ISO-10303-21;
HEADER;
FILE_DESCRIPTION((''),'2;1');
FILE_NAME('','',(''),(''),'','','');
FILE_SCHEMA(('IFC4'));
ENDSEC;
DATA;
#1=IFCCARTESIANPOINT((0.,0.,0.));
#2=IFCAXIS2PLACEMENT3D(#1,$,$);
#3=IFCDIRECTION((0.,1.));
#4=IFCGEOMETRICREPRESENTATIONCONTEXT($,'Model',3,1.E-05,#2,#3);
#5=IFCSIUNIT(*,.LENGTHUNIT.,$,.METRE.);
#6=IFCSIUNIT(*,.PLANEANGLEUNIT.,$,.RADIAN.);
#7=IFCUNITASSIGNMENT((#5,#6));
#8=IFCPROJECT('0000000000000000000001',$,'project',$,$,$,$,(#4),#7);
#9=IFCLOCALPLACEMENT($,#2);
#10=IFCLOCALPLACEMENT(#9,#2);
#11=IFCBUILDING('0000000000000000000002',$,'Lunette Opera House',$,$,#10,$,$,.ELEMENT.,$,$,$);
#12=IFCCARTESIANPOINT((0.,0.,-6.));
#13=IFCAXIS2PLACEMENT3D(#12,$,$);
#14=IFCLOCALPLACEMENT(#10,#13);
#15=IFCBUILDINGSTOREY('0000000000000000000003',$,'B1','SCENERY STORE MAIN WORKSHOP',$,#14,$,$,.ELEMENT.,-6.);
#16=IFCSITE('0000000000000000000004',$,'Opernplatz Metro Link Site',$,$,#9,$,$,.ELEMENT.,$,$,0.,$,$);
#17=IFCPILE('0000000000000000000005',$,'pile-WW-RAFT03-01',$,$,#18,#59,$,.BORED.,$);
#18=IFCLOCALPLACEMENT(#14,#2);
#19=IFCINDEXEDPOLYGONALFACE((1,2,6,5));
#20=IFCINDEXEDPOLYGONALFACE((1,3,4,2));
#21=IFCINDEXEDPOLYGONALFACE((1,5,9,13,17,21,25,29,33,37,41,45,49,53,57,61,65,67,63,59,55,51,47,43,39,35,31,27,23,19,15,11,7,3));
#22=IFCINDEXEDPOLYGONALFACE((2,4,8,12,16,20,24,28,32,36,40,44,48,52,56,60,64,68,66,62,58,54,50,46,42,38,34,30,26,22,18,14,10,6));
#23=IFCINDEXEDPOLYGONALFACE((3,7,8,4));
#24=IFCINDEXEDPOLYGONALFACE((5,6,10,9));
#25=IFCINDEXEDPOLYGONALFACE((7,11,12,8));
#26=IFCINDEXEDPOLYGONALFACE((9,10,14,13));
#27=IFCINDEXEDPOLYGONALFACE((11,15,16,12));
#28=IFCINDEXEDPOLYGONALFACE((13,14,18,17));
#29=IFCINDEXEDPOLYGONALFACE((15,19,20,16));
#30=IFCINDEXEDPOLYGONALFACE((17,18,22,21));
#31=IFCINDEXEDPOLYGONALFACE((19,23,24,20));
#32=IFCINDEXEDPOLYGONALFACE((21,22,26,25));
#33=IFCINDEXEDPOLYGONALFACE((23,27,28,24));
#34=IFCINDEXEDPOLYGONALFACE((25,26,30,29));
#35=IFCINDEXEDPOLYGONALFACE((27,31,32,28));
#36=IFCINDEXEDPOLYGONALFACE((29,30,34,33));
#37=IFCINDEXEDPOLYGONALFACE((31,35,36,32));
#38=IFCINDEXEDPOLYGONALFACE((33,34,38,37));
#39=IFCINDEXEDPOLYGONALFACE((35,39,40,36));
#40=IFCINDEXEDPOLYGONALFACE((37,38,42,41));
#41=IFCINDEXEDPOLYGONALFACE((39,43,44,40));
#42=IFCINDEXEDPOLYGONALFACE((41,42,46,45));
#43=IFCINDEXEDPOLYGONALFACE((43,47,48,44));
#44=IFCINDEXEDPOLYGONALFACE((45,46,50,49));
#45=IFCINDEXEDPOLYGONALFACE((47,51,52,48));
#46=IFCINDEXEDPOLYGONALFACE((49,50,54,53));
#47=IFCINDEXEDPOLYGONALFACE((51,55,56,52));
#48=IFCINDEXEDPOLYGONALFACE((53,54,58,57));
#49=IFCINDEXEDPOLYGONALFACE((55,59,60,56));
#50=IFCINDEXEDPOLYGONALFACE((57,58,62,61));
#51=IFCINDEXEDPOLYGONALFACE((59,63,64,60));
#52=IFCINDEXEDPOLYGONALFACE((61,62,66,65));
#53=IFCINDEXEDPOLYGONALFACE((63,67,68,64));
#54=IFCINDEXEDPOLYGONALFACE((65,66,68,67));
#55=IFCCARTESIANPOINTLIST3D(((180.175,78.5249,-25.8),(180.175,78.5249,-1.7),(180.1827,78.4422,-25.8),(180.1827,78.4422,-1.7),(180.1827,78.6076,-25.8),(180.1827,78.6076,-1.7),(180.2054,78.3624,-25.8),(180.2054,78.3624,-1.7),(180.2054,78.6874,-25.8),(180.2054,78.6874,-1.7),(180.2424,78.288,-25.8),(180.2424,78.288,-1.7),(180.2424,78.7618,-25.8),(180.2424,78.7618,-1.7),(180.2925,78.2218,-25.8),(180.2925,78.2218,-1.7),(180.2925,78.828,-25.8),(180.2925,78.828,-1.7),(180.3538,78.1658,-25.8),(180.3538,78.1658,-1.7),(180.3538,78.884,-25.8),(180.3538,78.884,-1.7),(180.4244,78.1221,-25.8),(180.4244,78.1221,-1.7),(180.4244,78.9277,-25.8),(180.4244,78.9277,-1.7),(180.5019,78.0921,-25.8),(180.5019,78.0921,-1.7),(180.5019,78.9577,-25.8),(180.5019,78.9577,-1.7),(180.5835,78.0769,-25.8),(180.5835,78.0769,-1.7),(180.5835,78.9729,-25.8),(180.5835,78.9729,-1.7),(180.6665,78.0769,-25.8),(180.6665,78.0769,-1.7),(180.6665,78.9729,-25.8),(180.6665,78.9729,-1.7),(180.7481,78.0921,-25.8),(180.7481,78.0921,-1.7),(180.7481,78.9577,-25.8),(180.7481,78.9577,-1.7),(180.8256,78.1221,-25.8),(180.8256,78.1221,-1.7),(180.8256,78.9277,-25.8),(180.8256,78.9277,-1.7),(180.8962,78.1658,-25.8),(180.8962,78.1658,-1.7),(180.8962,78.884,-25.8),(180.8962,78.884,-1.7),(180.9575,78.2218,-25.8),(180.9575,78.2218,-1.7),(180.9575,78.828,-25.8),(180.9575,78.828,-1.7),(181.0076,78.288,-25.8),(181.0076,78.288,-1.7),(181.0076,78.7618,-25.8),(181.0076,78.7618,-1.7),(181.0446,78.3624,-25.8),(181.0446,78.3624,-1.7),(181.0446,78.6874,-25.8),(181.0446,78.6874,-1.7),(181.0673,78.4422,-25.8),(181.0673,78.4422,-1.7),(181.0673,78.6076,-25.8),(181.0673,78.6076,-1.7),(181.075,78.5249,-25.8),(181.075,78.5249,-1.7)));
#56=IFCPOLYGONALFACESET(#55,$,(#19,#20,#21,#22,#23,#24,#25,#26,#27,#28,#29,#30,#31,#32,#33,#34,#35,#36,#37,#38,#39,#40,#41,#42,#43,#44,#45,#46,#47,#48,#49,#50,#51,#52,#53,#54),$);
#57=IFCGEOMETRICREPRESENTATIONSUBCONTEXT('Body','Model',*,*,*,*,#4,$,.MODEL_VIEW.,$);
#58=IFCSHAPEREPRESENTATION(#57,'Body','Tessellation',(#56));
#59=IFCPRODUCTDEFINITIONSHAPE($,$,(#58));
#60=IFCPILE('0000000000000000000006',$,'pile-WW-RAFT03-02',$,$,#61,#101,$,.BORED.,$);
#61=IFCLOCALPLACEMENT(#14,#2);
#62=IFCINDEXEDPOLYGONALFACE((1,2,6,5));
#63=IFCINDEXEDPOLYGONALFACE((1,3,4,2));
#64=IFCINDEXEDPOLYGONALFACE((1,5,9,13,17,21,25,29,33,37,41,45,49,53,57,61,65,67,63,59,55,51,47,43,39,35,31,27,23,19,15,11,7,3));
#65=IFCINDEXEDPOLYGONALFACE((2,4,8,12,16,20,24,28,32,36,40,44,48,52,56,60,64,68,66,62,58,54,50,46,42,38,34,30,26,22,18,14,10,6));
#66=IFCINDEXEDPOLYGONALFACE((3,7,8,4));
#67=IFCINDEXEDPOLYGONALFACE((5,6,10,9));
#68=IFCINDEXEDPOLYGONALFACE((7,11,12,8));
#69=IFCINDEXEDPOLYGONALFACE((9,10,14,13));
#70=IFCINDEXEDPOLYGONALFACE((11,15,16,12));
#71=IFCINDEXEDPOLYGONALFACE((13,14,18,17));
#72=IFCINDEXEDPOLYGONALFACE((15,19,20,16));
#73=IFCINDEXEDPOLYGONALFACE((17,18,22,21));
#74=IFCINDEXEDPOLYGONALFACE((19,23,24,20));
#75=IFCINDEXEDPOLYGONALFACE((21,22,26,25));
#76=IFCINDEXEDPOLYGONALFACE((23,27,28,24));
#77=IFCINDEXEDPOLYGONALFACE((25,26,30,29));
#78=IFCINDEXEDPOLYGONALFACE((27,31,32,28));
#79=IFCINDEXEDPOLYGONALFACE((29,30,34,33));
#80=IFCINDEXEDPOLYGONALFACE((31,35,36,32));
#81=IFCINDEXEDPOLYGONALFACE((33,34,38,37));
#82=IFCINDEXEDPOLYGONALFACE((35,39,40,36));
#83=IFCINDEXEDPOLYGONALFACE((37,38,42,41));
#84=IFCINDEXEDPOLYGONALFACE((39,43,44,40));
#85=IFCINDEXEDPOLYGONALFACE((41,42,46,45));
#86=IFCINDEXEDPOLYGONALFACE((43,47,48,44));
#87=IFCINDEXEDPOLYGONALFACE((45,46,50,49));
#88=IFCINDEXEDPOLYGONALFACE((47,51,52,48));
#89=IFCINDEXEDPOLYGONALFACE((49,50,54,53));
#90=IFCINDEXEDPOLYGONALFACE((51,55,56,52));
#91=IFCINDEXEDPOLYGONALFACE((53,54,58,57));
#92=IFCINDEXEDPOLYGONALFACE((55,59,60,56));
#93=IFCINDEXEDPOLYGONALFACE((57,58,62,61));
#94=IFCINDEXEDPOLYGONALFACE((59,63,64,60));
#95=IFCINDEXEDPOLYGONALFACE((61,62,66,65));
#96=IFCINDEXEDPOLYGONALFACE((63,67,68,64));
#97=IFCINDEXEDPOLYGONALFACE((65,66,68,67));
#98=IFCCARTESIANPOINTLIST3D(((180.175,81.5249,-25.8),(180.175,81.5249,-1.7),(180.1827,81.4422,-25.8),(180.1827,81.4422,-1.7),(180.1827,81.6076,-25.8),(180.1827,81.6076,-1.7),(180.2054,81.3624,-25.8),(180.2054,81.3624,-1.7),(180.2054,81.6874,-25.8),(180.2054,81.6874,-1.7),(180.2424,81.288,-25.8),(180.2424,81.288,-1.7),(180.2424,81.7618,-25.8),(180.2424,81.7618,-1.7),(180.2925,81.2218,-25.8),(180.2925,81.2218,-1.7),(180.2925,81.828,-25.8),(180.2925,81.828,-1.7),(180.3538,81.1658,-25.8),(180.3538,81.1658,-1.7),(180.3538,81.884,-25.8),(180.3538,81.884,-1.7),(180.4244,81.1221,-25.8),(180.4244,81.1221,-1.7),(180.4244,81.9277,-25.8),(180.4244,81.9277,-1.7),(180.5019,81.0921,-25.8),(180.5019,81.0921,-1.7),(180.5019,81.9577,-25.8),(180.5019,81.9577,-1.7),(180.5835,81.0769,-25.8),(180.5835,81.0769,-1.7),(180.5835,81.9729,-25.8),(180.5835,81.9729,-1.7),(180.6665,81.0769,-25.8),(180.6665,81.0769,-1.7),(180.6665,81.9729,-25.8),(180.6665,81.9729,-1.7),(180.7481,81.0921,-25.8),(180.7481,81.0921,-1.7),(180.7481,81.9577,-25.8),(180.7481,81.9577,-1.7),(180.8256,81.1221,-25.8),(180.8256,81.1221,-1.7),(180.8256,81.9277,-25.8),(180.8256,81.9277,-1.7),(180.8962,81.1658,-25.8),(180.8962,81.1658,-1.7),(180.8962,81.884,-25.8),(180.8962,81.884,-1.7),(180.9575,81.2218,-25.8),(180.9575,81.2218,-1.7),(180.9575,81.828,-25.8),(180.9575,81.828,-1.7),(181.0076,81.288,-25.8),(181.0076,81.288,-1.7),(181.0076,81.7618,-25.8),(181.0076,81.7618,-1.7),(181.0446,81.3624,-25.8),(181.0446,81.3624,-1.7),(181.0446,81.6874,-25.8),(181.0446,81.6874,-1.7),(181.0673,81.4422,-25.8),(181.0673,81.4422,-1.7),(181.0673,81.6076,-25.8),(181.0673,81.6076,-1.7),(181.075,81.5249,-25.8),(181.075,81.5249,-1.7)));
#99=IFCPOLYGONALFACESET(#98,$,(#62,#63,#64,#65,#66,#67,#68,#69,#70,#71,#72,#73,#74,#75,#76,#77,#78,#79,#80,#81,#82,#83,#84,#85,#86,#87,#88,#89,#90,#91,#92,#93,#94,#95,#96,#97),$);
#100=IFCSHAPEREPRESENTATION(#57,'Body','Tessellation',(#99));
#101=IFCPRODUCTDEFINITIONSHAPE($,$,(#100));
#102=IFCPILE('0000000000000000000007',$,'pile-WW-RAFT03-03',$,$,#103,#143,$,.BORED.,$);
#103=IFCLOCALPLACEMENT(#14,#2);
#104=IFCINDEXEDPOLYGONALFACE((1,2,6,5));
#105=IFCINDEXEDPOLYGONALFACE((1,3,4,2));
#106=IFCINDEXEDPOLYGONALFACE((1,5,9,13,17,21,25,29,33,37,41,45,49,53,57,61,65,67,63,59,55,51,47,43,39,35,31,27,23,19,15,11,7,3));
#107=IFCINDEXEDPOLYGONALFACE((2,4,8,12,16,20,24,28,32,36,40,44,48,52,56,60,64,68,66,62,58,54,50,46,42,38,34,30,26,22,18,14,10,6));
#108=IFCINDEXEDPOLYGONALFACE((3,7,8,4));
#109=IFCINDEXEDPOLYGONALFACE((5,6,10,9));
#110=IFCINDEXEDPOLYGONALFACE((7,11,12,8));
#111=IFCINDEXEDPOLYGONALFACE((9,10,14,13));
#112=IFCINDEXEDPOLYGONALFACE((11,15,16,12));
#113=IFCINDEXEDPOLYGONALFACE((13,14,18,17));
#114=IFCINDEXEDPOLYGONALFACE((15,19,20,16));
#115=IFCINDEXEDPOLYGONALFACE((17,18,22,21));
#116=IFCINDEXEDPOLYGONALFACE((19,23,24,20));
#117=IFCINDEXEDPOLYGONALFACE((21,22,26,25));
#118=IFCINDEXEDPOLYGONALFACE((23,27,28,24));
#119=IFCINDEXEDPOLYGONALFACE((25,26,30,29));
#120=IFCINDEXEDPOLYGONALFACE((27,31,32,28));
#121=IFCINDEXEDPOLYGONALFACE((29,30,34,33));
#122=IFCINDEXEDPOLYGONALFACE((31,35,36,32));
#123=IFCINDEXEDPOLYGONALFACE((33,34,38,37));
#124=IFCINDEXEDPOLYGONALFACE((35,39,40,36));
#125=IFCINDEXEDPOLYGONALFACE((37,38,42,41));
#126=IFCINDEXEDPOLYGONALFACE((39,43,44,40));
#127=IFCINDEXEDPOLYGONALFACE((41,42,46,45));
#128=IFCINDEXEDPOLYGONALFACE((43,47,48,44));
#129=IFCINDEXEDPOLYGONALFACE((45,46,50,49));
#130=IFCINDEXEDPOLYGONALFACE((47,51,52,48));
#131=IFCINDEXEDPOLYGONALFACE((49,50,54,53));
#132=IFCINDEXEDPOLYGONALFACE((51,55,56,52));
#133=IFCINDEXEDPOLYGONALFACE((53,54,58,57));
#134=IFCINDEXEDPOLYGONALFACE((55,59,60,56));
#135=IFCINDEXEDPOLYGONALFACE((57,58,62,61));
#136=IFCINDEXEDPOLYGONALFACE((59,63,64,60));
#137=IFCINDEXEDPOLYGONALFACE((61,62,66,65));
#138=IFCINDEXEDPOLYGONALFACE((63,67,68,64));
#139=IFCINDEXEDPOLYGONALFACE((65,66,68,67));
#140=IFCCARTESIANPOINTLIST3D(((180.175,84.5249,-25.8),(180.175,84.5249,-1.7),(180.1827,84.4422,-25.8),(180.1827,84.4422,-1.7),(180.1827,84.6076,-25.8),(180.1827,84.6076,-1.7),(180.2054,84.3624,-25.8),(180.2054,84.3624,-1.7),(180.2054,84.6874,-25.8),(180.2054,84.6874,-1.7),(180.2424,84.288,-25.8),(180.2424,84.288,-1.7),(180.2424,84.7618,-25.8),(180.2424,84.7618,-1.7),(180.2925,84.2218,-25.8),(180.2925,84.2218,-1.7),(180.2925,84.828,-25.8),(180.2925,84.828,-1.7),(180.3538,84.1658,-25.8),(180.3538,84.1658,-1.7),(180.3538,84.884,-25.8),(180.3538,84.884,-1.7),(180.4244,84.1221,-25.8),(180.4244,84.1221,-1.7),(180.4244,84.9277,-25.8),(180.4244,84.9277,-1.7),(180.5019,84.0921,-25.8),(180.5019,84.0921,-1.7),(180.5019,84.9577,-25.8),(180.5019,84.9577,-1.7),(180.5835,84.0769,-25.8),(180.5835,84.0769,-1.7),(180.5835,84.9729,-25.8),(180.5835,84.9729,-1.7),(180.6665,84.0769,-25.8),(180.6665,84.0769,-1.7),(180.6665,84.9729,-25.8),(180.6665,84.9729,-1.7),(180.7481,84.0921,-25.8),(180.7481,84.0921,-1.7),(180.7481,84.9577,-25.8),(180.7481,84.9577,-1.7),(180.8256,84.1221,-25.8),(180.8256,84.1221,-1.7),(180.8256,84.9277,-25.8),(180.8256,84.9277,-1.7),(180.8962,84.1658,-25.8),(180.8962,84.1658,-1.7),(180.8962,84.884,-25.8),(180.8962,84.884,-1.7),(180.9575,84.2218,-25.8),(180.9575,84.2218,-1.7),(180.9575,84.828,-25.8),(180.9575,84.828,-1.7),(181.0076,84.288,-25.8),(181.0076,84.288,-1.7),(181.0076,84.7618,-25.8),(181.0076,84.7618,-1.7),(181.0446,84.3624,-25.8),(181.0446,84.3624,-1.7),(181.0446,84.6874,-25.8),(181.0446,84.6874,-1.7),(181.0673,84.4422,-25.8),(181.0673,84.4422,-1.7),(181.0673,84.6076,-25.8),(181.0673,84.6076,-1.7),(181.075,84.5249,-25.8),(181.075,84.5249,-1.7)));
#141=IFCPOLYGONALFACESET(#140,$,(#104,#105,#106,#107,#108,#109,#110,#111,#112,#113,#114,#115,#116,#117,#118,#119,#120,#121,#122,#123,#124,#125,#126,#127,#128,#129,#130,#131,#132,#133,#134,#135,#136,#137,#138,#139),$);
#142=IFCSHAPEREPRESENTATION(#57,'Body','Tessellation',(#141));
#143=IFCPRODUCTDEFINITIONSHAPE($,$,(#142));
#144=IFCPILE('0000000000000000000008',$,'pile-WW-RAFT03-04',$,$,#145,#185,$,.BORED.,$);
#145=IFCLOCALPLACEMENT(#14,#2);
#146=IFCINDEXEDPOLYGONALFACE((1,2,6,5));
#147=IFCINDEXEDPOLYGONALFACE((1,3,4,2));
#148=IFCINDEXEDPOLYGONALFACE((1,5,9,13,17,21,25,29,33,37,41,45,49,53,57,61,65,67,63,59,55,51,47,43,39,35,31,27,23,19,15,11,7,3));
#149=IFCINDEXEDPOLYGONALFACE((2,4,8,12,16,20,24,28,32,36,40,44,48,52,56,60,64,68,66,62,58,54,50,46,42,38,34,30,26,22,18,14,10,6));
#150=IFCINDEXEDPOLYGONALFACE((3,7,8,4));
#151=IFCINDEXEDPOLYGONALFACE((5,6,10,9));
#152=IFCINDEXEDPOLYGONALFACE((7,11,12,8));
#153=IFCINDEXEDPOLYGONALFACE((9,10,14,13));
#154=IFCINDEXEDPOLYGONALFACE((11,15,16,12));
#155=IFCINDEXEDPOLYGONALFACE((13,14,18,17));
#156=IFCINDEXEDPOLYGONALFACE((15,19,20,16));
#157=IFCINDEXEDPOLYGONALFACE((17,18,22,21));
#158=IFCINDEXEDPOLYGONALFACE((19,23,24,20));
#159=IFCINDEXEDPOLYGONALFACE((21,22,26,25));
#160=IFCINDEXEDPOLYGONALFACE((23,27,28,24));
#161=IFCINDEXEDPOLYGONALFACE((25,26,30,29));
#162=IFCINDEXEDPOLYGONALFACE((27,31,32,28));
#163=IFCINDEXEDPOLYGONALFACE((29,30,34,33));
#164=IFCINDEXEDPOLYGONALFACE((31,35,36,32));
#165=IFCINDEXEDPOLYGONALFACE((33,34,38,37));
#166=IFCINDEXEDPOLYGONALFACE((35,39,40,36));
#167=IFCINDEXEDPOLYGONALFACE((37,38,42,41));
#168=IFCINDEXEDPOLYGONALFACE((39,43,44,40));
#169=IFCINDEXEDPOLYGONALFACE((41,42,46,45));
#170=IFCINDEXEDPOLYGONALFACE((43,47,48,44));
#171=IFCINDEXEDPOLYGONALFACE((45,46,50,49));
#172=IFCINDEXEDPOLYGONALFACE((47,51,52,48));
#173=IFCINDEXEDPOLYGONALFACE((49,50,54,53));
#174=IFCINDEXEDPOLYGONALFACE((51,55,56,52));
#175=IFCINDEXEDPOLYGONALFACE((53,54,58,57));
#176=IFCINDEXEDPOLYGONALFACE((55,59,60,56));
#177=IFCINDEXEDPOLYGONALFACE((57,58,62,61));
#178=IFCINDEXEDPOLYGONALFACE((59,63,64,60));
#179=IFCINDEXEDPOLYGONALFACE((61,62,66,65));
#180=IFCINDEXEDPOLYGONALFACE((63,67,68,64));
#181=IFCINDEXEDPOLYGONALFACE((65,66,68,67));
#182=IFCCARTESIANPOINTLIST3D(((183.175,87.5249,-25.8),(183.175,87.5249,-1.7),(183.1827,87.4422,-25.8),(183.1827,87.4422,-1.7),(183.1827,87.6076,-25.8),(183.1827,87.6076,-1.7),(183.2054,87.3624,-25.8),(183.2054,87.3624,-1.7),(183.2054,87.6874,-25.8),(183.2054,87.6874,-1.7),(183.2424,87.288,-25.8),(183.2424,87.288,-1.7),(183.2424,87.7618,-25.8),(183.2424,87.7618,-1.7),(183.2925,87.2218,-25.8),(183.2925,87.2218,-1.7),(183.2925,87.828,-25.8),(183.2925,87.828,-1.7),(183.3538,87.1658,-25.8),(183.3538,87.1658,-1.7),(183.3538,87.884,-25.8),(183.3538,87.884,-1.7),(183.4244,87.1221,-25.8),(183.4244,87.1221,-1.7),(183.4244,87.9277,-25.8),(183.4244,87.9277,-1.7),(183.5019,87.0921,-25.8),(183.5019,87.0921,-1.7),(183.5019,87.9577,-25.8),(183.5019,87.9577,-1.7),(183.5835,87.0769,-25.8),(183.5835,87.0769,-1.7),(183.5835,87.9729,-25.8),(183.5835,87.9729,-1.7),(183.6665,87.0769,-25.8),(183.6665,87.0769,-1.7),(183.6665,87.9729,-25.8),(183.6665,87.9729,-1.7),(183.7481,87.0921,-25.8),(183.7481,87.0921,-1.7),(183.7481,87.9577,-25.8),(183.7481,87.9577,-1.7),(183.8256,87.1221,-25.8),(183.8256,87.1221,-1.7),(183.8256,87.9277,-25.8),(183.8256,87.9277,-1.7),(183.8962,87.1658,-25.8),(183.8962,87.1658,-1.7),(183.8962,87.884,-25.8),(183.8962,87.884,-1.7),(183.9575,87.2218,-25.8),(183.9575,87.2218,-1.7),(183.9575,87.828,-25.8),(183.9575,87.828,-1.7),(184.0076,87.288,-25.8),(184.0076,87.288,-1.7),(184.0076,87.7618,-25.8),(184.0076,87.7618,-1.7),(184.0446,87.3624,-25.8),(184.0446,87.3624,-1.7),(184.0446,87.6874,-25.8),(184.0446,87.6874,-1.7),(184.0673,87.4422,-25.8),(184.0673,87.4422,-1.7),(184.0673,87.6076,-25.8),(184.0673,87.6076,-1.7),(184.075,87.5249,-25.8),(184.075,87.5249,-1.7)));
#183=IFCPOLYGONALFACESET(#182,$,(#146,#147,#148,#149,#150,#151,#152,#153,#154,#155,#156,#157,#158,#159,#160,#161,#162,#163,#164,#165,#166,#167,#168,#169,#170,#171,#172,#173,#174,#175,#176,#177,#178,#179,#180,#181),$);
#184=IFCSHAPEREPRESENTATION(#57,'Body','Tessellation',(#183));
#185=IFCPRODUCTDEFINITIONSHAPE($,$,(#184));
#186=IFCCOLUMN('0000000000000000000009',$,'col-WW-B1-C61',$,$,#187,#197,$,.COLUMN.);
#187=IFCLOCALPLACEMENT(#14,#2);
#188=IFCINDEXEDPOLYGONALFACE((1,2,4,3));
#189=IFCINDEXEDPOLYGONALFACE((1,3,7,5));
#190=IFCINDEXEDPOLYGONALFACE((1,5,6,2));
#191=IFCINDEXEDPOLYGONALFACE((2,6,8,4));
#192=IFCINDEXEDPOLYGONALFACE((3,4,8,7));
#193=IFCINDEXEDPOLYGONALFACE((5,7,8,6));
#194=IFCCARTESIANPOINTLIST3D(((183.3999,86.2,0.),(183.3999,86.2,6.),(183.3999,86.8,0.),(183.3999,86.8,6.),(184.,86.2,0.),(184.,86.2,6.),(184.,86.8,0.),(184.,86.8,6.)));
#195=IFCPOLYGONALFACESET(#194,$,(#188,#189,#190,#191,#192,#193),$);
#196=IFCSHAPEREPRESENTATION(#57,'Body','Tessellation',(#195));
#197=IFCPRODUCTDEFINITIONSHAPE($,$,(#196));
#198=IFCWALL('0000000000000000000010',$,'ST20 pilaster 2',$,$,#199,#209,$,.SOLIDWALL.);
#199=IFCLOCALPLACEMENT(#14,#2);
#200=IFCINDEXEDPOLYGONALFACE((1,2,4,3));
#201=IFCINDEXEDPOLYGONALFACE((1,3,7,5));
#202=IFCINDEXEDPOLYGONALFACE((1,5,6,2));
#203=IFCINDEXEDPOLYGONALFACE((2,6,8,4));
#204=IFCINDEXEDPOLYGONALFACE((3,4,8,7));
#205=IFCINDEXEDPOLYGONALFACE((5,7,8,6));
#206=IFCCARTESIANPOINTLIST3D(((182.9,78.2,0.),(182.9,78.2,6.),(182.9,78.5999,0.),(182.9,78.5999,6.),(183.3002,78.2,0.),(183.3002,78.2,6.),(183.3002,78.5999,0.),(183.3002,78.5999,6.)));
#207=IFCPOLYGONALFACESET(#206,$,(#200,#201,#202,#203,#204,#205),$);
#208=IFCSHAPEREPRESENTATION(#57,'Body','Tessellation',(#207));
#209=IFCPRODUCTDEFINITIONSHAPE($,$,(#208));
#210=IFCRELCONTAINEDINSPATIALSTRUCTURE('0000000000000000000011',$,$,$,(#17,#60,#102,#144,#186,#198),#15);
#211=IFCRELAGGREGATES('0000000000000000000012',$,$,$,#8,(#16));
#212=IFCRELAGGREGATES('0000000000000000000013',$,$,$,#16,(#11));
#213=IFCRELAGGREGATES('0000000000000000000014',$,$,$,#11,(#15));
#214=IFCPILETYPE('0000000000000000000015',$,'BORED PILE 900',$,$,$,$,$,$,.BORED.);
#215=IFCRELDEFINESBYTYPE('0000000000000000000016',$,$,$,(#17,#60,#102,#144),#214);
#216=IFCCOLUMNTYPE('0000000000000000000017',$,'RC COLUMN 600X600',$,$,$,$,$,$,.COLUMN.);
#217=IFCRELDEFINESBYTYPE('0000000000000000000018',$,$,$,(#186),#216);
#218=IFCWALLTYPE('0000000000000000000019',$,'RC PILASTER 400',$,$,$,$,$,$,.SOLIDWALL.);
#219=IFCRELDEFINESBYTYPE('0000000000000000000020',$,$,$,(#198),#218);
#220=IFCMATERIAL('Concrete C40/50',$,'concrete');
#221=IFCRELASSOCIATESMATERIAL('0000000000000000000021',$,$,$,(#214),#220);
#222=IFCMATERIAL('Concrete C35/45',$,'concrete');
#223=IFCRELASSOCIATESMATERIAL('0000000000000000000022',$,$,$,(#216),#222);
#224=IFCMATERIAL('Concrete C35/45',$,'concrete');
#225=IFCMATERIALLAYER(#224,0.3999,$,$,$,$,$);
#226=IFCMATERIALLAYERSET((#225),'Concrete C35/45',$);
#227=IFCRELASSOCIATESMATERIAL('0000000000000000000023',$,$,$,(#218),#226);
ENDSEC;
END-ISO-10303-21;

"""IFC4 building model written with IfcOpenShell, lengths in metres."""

from ifc_helpers import new_model, si_unit, direction, frame, frame_2d, origin, origin_2d, place, context, subcontext, project, spatial, rectangle, circle, extrude, material, layer, layer_set, material_profile, profile_set, type_object, element, save


model = new_model("IFC4")

# Units and contexts
model_context = context("Model", 3, precision=1e-05, world=origin(), true_north=direction((0.0, 1.0)))
body_context = subcontext(model_context, "Body", "Model", "MODEL_VIEW")
ifc_project = project(units=[si_unit("LENGTHUNIT", "METRE"), si_unit("PLANEANGLEUNIT", "RADIAN")], contexts=[model_context])

# Site, building, storey
site_placement = place(None, origin())
site = spatial("IfcSite", under=ifc_project, at=site_placement, Name="Opernplatz Metro Link Site", CompositionType="ELEMENT", RefElevation=0.0)
building_placement = place(site_placement, origin())
building = spatial("IfcBuilding", under=site, at=building_placement, Name="Lunette Opera House", CompositionType="ELEMENT")
storey_placement = place(building_placement, frame((0.0, 0.0, -6.0)))
storey = spatial("IfcBuildingStorey", under=building, at=storey_placement, Name="B1", Description="SCENERY STORE MAIN WORKSHOP", CompositionType="ELEMENT", Elevation=-6.0)

# Piles
ifc_material_1 = material(Name="Concrete C40/50", Category="concrete")
ifc_material_profile_1 = material_profile(ifc_material_1, circle(Radius=0.45, at=origin_2d()), Name="BORED PILE 900")
ifc_profile_set_1 = profile_set([ifc_material_profile_1], Name="Concrete C40/50")
pile_type = type_object("IfcPileType", Name="BORED PILE 900", PredefinedType="BORED", material=ifc_profile_set_1)
for number, where, z_axis, x_axis, name in (
    (1, (180.625, 78.5249, -1.7), (0.0, 0.0, -1.0), (1.0, 0.0, 0.0), "pile-WW-RAFT03-01"),
    (2, (180.625, 81.5249, -1.7), (0.0, 0.0, -1.0), (1.0, 0.0, 0.0), "pile-WW-RAFT03-02"),
    (3, (180.625, 84.5249, -1.7), (0.0, 0.0, -1.0), (1.0, 0.0, 0.0), "pile-WW-RAFT03-03"),
    (4, (183.625, 87.5249, -1.7), (0.0, 0.0, -1.0), (1.0, 0.0, 0.0), "pile-WW-RAFT03-04"),
):
    element("IfcPile", number, at=place(storey_placement, frame(where, z_axis=z_axis, x_axis=x_axis)), inside=storey, type_object=pile_type, Name=name, PredefinedType="BORED", context=body_context, shape_type="SweptSolid", body=[
        extrude(circle(Radius=0.45, at=origin_2d()), origin(), (0.0, 0.0, 1.0), 24.1001),
    ])

# Column
ifc_material_2 = material(Name="Concrete C35/45", Category="concrete")
ifc_material_profile_2 = material_profile(ifc_material_2, rectangle(XDim=0.6001, YDim=0.6001, at=origin_2d()), Name="RC COLUMN 600X600")
ifc_profile_set_2 = profile_set([ifc_material_profile_2], Name="Concrete C35/45")
column_type = type_object("IfcColumnType", Name="RC COLUMN 600X600", PredefinedType="COLUMN", material=ifc_profile_set_2)
column_placement = place(storey_placement, frame((183.7, 86.5, 0.0), z_axis=(0.0, 0.0, 1.0), x_axis=(1.0, 0.0, 0.0)))
element("IfcColumn", 5, at=column_placement, inside=storey, type_object=column_type, Name="col-WW-B1-C61", PredefinedType="COLUMN", context=body_context, shape_type="SweptSolid", body=[
    extrude(rectangle(XDim=0.6001, YDim=0.6001, at=origin_2d()), origin(), (0.0, 0.0, 1.0), 6.0),
])

# Wall
ifc_material_3 = material(Name="Concrete C35/45", Category="concrete")
ifc_layer_1 = layer(ifc_material_3, 0.3999)
ifc_layer_set_1 = layer_set([ifc_layer_1], Name="Concrete C35/45")
wall_type_1 = type_object("IfcWallType", Name="RC PILASTER 400", PredefinedType="SOLIDWALL", material=ifc_layer_set_1)
wall_1_placement = place(storey_placement, frame((182.8999, 78.3999, 0.0), z_axis=(0.0, 0.0, 1.0), x_axis=(1.0, 0.0, 0.0)))
element("IfcWall", 6, at=wall_1_placement, inside=storey, type_object=wall_type_1, Name="ST20 pilaster 2", PredefinedType="SOLIDWALL", context=body_context, shape_type="SweptSolid", body=[
    extrude(rectangle(XDim=0.4001, YDim=0.3999, at=frame_2d((0.2002, 0.0))), origin(), (0.0, 0.0, 1.0), 6.0),
])

save(model, "model.ifc")
